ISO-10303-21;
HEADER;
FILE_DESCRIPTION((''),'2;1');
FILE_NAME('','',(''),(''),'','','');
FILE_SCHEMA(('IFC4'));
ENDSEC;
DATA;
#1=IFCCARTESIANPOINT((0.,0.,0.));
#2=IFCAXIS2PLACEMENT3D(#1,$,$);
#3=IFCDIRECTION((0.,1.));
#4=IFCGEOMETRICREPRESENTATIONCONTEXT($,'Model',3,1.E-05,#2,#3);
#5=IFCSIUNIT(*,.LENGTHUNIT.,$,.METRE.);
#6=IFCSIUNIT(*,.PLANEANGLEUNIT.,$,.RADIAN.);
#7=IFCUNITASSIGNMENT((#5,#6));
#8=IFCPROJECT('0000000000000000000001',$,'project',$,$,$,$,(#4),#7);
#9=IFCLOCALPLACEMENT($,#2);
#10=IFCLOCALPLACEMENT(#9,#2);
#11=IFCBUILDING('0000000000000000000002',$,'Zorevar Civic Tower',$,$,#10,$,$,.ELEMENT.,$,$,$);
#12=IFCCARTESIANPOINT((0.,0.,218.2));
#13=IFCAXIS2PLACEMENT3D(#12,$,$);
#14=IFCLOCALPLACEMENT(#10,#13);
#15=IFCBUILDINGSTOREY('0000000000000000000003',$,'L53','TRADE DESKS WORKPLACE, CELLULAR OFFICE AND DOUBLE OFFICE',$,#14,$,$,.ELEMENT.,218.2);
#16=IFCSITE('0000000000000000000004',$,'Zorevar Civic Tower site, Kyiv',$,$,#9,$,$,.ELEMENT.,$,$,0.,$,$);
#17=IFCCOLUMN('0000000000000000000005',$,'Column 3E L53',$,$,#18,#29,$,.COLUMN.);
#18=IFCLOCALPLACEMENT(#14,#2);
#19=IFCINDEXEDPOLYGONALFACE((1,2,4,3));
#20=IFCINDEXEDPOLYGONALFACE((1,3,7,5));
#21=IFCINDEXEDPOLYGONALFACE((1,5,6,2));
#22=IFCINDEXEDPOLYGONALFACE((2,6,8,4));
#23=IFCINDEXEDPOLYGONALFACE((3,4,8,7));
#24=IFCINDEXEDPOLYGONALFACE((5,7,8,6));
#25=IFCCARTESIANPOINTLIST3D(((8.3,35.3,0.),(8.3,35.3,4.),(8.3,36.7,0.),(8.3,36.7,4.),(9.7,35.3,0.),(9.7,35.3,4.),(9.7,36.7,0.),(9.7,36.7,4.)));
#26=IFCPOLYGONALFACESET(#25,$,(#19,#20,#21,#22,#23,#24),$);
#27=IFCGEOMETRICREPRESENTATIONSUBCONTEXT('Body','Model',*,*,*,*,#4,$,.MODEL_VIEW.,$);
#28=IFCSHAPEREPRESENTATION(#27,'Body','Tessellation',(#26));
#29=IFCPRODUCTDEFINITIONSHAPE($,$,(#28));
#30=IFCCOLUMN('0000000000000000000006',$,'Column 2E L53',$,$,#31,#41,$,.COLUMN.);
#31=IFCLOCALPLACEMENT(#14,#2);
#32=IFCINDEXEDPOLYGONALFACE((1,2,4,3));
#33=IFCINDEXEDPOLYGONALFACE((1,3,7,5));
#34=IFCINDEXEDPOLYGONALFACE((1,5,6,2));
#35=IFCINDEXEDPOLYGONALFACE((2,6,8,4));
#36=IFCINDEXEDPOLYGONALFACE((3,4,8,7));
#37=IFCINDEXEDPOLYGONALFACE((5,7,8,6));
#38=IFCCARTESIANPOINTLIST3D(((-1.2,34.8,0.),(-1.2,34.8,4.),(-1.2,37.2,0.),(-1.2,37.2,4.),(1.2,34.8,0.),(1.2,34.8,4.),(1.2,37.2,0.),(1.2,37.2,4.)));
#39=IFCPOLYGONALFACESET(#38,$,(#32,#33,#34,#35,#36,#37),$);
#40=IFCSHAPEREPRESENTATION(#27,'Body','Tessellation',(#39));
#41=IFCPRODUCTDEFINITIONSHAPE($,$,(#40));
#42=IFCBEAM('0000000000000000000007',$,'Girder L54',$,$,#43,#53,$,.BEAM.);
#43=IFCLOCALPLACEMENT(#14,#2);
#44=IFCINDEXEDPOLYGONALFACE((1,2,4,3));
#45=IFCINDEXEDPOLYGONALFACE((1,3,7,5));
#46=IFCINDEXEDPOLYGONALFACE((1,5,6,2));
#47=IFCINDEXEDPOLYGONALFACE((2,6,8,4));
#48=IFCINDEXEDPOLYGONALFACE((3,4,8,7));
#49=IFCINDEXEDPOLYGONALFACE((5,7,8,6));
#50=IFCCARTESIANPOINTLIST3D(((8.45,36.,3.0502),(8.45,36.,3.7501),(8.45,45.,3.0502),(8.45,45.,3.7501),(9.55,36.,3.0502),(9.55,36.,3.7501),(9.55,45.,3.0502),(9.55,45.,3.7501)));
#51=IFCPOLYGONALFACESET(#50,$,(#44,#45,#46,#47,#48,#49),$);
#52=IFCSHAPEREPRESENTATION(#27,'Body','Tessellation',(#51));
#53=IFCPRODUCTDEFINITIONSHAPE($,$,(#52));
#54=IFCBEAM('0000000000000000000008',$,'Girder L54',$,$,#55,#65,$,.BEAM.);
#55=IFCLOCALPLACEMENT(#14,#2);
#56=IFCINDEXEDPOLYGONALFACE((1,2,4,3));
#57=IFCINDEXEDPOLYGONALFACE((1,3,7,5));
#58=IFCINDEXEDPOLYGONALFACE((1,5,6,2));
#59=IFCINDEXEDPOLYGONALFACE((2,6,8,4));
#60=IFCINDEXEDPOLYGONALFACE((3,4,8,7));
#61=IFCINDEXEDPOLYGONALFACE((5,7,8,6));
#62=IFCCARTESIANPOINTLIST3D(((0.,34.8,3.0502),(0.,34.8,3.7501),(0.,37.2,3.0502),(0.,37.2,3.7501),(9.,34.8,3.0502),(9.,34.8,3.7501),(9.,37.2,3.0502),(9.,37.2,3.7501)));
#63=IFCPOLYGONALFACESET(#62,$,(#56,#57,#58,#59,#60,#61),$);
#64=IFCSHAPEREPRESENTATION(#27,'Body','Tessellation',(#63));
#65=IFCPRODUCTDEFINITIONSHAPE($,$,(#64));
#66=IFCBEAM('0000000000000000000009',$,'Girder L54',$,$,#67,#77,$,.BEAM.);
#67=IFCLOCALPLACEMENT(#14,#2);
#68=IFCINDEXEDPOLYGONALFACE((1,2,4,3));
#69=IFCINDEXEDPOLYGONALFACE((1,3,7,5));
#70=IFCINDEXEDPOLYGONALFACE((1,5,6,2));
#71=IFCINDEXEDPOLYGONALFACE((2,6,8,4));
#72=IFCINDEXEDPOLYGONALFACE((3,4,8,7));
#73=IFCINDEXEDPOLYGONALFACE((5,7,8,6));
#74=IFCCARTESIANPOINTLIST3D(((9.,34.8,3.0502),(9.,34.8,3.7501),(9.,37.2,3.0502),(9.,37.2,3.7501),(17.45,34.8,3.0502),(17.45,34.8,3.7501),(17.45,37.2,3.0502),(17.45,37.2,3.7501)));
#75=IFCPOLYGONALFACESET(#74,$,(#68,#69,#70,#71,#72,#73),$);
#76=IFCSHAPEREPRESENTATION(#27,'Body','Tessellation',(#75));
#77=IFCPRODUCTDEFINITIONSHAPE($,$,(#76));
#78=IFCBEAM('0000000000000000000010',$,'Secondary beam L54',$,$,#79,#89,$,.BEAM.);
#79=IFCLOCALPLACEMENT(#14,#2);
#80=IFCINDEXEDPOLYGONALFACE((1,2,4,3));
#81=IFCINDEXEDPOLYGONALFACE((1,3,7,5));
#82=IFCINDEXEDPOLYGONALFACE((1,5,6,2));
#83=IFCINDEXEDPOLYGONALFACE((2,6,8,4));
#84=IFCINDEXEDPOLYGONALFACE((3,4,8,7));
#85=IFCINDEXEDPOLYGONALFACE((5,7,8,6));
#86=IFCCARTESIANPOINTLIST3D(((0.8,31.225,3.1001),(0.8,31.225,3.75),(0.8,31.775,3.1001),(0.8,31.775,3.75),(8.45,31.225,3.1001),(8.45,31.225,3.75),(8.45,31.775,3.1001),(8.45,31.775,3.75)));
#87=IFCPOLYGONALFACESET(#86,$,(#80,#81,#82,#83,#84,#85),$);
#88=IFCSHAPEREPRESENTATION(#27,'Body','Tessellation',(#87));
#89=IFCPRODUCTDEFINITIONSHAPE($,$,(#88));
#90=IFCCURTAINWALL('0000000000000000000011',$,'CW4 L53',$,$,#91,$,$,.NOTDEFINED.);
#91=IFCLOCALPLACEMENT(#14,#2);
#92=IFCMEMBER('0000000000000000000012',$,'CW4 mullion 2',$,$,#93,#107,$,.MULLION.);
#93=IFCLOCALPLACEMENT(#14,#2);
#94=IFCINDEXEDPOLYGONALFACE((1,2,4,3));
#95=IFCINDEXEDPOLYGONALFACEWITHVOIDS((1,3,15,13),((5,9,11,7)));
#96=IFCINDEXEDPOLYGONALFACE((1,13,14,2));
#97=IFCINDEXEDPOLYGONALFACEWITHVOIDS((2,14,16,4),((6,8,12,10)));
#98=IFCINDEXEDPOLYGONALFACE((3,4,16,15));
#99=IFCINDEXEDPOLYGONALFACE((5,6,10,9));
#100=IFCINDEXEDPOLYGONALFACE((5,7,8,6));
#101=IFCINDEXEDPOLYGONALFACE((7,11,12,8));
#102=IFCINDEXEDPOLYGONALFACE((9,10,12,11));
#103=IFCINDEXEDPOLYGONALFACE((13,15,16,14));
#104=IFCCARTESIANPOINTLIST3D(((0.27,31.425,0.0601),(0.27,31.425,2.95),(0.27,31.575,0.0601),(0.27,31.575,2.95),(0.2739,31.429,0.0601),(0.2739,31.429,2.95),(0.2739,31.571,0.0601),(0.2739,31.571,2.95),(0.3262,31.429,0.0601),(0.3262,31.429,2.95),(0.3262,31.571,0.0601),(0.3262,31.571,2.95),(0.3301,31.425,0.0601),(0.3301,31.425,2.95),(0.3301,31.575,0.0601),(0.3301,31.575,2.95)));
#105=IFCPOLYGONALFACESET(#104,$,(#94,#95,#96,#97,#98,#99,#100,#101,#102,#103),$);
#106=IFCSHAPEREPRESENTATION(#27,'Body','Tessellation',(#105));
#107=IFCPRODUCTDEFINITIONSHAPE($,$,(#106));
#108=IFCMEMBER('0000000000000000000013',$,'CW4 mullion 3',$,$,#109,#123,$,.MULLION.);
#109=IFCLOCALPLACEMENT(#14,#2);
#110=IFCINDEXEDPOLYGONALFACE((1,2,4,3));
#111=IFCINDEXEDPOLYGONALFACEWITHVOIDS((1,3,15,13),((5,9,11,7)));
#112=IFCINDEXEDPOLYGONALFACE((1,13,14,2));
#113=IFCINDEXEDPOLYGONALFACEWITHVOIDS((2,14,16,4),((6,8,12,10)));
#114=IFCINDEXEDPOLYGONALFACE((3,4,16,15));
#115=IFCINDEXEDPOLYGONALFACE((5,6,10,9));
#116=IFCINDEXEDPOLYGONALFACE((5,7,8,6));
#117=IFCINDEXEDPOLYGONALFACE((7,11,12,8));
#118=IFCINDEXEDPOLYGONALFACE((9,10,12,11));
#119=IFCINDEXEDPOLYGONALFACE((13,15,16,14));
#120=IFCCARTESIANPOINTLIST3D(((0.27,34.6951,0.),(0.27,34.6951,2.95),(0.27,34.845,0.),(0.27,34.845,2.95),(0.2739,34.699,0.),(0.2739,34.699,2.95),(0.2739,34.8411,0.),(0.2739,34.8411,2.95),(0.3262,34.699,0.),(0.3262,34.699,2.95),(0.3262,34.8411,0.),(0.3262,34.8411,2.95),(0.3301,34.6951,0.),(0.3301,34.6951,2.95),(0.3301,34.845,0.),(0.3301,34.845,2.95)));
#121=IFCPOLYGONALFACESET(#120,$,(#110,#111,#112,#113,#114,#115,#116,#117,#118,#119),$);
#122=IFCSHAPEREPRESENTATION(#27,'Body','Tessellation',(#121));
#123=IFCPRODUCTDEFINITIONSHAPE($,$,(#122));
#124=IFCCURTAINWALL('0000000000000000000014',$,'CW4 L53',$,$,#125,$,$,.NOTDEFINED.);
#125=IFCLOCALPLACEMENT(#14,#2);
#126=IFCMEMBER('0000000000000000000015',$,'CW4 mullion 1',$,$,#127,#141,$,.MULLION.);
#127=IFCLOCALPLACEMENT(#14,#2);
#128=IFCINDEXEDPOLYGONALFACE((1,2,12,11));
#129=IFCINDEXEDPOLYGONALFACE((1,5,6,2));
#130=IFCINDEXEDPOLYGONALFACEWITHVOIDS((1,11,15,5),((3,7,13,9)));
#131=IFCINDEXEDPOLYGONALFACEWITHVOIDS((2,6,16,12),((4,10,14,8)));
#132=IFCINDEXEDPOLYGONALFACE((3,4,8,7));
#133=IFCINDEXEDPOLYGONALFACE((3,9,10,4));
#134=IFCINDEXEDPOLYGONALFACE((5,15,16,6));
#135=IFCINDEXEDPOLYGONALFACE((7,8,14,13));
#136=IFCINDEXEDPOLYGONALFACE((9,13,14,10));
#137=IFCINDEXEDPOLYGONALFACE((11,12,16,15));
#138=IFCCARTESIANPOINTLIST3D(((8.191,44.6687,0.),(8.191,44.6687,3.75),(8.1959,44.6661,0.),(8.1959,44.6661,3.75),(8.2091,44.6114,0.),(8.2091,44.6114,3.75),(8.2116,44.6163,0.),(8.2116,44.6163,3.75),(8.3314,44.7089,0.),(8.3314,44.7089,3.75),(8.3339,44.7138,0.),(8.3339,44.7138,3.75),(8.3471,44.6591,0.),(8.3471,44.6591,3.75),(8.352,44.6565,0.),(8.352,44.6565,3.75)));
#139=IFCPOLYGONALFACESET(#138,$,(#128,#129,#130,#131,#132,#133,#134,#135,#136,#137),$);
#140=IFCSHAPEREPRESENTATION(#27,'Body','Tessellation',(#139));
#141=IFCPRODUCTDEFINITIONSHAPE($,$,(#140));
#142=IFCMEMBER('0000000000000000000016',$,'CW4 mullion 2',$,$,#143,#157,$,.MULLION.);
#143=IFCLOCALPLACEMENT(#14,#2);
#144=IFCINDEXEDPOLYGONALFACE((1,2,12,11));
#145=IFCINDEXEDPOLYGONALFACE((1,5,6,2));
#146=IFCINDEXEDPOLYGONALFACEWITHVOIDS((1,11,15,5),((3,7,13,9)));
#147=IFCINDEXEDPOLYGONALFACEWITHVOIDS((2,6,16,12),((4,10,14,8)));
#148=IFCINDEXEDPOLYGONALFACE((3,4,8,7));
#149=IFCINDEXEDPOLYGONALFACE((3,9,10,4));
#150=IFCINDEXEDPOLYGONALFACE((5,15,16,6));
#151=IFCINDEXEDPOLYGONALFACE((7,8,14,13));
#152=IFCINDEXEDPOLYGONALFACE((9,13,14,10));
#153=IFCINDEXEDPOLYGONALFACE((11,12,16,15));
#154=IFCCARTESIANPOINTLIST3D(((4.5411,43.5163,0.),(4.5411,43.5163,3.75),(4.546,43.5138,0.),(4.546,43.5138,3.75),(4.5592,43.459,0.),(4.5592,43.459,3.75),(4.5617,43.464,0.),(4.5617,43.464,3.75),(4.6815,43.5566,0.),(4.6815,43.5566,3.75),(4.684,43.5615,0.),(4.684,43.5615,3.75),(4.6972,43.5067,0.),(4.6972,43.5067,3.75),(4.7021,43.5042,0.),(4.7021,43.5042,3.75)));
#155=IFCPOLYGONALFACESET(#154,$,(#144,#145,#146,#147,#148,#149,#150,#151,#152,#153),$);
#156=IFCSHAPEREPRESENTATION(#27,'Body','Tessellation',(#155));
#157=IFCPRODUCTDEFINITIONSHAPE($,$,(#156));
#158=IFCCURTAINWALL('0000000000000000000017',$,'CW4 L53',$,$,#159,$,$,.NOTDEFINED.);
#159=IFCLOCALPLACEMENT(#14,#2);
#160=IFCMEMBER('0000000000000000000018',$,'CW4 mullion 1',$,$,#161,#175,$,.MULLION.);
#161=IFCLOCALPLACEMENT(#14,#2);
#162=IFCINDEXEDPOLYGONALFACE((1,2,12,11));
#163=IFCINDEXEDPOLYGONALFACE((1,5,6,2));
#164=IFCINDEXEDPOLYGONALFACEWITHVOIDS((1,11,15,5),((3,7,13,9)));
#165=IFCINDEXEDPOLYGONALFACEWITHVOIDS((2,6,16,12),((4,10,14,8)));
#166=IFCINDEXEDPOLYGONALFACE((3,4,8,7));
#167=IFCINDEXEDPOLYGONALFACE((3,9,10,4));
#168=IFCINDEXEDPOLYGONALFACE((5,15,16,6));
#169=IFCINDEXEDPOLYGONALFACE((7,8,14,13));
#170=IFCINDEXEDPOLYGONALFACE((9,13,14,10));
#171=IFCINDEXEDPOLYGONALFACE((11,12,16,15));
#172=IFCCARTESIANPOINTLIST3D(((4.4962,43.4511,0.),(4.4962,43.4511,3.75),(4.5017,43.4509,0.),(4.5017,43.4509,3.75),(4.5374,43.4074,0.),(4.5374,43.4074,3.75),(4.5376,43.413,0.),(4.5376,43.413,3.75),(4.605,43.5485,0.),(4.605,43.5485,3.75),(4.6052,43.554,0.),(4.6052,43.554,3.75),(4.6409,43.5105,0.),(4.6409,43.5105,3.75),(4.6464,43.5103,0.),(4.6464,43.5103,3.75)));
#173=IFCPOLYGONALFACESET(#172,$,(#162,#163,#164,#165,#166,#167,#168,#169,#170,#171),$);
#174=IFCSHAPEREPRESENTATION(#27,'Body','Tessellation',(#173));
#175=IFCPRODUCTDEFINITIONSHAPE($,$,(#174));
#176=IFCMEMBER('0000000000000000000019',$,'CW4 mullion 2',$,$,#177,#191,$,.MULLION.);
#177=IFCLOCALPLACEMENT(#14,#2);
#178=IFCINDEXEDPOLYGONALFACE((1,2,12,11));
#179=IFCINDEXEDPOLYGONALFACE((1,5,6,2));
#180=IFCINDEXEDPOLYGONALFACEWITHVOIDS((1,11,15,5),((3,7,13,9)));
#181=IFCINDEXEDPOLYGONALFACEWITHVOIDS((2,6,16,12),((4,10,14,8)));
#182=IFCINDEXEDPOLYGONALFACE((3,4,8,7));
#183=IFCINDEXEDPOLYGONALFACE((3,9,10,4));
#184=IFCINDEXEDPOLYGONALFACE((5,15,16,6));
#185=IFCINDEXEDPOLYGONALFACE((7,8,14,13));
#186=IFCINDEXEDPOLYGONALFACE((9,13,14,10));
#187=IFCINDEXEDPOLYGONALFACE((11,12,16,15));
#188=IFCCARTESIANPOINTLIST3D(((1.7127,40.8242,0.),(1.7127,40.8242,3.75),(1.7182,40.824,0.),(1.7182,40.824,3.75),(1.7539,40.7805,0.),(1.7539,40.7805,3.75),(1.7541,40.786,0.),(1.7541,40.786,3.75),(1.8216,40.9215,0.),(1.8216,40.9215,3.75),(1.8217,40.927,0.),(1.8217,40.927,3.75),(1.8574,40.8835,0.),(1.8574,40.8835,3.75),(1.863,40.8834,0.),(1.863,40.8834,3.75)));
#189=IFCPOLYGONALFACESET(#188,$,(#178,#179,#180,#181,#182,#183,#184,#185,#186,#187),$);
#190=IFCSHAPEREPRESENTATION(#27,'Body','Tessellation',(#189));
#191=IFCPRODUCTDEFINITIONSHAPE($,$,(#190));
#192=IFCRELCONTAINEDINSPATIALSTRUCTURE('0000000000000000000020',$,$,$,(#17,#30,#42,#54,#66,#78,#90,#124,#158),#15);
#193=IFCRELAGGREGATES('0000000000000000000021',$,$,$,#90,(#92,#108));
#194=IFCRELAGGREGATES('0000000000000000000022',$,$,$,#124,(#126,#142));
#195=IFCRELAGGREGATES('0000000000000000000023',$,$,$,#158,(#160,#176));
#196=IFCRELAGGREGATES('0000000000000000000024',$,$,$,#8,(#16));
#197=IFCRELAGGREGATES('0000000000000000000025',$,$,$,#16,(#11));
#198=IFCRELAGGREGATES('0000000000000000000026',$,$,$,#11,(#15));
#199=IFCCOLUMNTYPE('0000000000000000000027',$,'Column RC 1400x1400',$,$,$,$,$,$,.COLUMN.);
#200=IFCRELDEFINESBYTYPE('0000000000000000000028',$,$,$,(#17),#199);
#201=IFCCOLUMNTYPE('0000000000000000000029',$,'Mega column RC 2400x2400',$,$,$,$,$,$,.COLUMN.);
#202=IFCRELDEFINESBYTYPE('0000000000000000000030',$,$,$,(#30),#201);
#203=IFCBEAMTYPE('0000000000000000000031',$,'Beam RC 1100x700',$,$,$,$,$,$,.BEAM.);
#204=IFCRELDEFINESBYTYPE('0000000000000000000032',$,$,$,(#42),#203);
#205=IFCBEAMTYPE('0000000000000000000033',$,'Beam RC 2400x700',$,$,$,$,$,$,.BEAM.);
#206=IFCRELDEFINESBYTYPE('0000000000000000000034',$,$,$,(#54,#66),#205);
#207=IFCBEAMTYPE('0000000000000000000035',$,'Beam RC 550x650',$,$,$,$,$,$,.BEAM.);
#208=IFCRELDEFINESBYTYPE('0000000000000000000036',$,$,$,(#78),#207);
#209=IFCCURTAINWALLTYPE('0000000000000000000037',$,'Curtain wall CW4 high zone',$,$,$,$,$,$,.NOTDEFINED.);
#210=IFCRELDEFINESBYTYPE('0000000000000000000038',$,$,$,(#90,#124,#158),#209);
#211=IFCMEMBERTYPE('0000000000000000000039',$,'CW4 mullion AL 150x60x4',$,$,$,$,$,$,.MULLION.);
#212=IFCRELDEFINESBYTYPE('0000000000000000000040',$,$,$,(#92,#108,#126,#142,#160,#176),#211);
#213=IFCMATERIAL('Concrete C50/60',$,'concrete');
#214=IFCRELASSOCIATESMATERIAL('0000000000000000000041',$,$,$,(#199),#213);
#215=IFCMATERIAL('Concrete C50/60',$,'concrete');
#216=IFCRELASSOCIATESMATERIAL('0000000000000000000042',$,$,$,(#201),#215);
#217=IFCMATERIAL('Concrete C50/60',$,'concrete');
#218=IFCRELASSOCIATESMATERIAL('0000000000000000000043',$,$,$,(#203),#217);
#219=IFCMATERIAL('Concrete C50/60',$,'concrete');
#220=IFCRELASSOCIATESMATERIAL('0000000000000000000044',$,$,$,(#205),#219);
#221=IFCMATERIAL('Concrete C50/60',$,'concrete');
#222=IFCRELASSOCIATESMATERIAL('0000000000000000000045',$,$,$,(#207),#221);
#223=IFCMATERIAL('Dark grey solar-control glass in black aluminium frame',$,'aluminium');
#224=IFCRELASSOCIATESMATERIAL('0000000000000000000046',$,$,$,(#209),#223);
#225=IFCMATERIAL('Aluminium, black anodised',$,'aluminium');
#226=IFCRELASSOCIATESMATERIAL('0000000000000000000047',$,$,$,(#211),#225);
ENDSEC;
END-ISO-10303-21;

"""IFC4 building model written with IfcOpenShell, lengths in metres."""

from ifc_helpers import new_model, si_unit, direction, frame, origin, origin_2d, place, context, subcontext, project, spatial, rectangle, hollow_rectangle, extrude, material, material_profile, profile_set, type_object, element, aggregate, save


model = new_model("IFC4")

# Units and contexts
model_context = context("Model", 3, precision=1e-05, world=origin(), true_north=direction((0.0, 1.0)))
body_context = subcontext(model_context, "Body", "Model", "MODEL_VIEW")
ifc_project = project(units=[si_unit("LENGTHUNIT", "METRE"), si_unit("PLANEANGLEUNIT", "RADIAN")], contexts=[model_context])

# Site, building, storey
site_placement = place(None, origin())
site = spatial("IfcSite", under=ifc_project, at=site_placement, Name="Zorevar Civic Tower site, Kyiv", CompositionType="ELEMENT", RefElevation=0.0)
building_placement = place(site_placement, origin())
building = spatial("IfcBuilding", under=site, at=building_placement, Name="Zorevar Civic Tower", CompositionType="ELEMENT")
storey_placement = place(building_placement, frame((0.0, 0.0, 218.2)))
storey = spatial("IfcBuildingStorey", under=building, at=storey_placement, Name="L53", Description="TRADE DESKS WORKPLACE, CELLULAR OFFICE AND DOUBLE OFFICE", CompositionType="ELEMENT", Elevation=218.2)

# Columns
ifc_material_1 = material(Name="Concrete C50/60", Category="concrete")
ifc_material_profile_1 = material_profile(ifc_material_1, rectangle(XDim=1.3999, YDim=1.3999, at=origin_2d()), Name="RC 1400x1400")
ifc_profile_set_1 = profile_set([ifc_material_profile_1], Name="Concrete C50/60")
column_type_1 = type_object("IfcColumnType", Name="Column RC 1400x1400", PredefinedType="COLUMN", material=ifc_profile_set_1)
column_1_placement = place(storey_placement, frame((9.0, 36.0, 0.0), z_axis=(0.0, 0.0, 1.0), x_axis=(1.0, 0.0, 0.0)))
element("IfcColumn", 1, at=column_1_placement, inside=storey, type_object=column_type_1, Name="Column 3E L53", PredefinedType="COLUMN", context=body_context, shape_type="SweptSolid", body=[
    extrude(rectangle(XDim=1.3999, YDim=1.3999, at=origin_2d()), origin(), (0.0, 0.0, 1.0), 4.0),
])
ifc_material_2 = material(Name="Concrete C50/60", Category="concrete")
ifc_material_profile_2 = material_profile(ifc_material_2, rectangle(XDim=2.3999, YDim=2.3999, at=origin_2d()), Name="RC 2400x2400")
ifc_profile_set_2 = profile_set([ifc_material_profile_2], Name="Concrete C50/60")
column_type_2 = type_object("IfcColumnType", Name="Mega column RC 2400x2400", PredefinedType="COLUMN", material=ifc_profile_set_2)
column_2_placement = place(storey_placement, frame((0.0, 36.0, 0.0), z_axis=(0.0, 0.0, 1.0), x_axis=(1.0, 0.0, 0.0)))
element("IfcColumn", 2, at=column_2_placement, inside=storey, type_object=column_type_2, Name="Column 2E L53", PredefinedType="COLUMN", context=body_context, shape_type="SweptSolid", body=[
    extrude(rectangle(XDim=2.3999, YDim=2.3999, at=origin_2d()), origin(), (0.0, 0.0, 1.0), 4.0),
])

# Beams
ifc_material_3 = material(Name="Concrete C50/60", Category="concrete")
ifc_material_profile_3 = material_profile(ifc_material_3, rectangle(XDim=1.1001, YDim=0.7, at=origin_2d()), Name="RC 1100x700")
ifc_profile_set_3 = profile_set([ifc_material_profile_3], Name="Concrete C50/60")
beam_type_1 = type_object("IfcBeamType", Name="Beam RC 1100x700", PredefinedType="BEAM", material=ifc_profile_set_3)
beam_1_placement = place(storey_placement, frame((9.0, 36.0, 3.4001), z_axis=(0.0, 1.0, 0.0), x_axis=(-1.0, 0.0, 0.0)))
element("IfcBeam", 3, at=beam_1_placement, inside=storey, type_object=beam_type_1, Name="Girder L54", PredefinedType="BEAM", context=body_context, shape_type="SweptSolid", body=[
    extrude(rectangle(XDim=1.1001, YDim=0.7, at=origin_2d()), origin(), (0.0, 0.0, 1.0), 9.0),
])
ifc_material_4 = material(Name="Concrete C50/60", Category="concrete")
ifc_material_profile_4 = material_profile(ifc_material_4, rectangle(XDim=2.3999, YDim=0.7, at=origin_2d()), Name="RC 2400x700")
ifc_profile_set_4 = profile_set([ifc_material_profile_4], Name="Concrete C50/60")
beam_type_2 = type_object("IfcBeamType", Name="Beam RC 2400x700", PredefinedType="BEAM", material=ifc_profile_set_4)
beam_2_placement = place(storey_placement, frame((0.0, 36.0, 3.4001), z_axis=(1.0, 0.0, 0.0), x_axis=(0.0, 1.0, 0.0)))
element("IfcBeam", 4, at=beam_2_placement, inside=storey, type_object=beam_type_2, Name="Girder L54", PredefinedType="BEAM", context=body_context, shape_type="SweptSolid", body=[
    extrude(rectangle(XDim=2.3999, YDim=0.7, at=origin_2d()), origin(), (0.0, 0.0, 1.0), 9.0),
])
beam_3_placement = place(storey_placement, frame((9.0, 36.0, 3.4001), z_axis=(1.0, 0.0, 0.0), x_axis=(0.0, 1.0, 0.0)))
element("IfcBeam", 5, at=beam_3_placement, inside=storey, type_object=beam_type_2, Name="Girder L54", PredefinedType="BEAM", context=body_context, shape_type="SweptSolid", body=[
    extrude(rectangle(XDim=2.3999, YDim=0.7, at=origin_2d()), origin(), (0.0, 0.0, 1.0), 8.45),
])
ifc_material_5 = material(Name="Concrete C50/60", Category="concrete")
ifc_material_profile_5 = material_profile(ifc_material_5, rectangle(XDim=0.55, YDim=0.6499, at=origin_2d()), Name="RC 550x650")
ifc_profile_set_5 = profile_set([ifc_material_profile_5], Name="Concrete C50/60")
beam_type_3 = type_object("IfcBeamType", Name="Beam RC 550x650", PredefinedType="BEAM", material=ifc_profile_set_5)
beam_4_placement = place(storey_placement, frame((0.8, 31.5, 3.425), z_axis=(1.0, 0.0, 0.0), x_axis=(0.0, 1.0, 0.0)))
element("IfcBeam", 6, at=beam_4_placement, inside=storey, type_object=beam_type_3, Name="Secondary beam L54", PredefinedType="BEAM", context=body_context, shape_type="SweptSolid", body=[
    extrude(rectangle(XDim=0.55, YDim=0.6499, at=origin_2d()), origin(), (0.0, 0.0, 1.0), 7.6499),
])

# Curtain walls, members
ifc_material_6 = material(Name="Dark grey solar-control glass in black aluminium frame", Category="aluminium")
curtain_wall_type = type_object("IfcCurtainWallType", Name="Curtain wall CW4 high zone", PredefinedType="NOTDEFINED", material=ifc_material_6)
curtain_wall_1_placement = place(storey_placement, origin())
curtain_wall_1 = element("IfcCurtainWall", 7, at=curtain_wall_1_placement, inside=storey, type_object=curtain_wall_type, Name="CW4 L53", PredefinedType="NOTDEFINED")
ifc_material_7 = material(Name="Aluminium, black anodised", Category="aluminium")
ifc_material_profile_6 = material_profile(ifc_material_7, hollow_rectangle(XDim=0.0601, YDim=0.1499, WallThickness=0.0039, at=origin_2d()), Name="AL 150x60x4")
ifc_profile_set_6 = profile_set([ifc_material_profile_6], Name="Aluminium, black anodised")
member_type_1 = type_object("IfcMemberType", Name="CW4 mullion AL 150x60x4", PredefinedType="MULLION", material=ifc_profile_set_6)
member_1_placement = place(storey_placement, frame((0.3, 31.5, 0.0601), z_axis=(0.0, 0.0, 1.0), x_axis=(-1.0, 0.0, 0.0)))
member_1 = element("IfcMember", 8, at=member_1_placement, type_object=member_type_1, Name="CW4 mullion 2", PredefinedType="MULLION", context=body_context, shape_type="SweptSolid", body=[
    extrude(hollow_rectangle(XDim=0.0601, YDim=0.1499, WallThickness=0.0039, at=origin_2d()), origin(), (0.0, 0.0, 1.0), 2.8899),
])
member_2_placement = place(storey_placement, frame((0.3, 34.77, 0.0), z_axis=(0.0, 0.0, 1.0), x_axis=(-1.0, 0.0, 0.0)))
member_2 = element("IfcMember", 9, at=member_2_placement, type_object=member_type_1, Name="CW4 mullion 3", PredefinedType="MULLION", context=body_context, shape_type="SweptSolid", body=[
    extrude(hollow_rectangle(XDim=0.0601, YDim=0.1499, WallThickness=0.0039, at=origin_2d()), origin(), (0.0, 0.0, 1.0), 2.95),
])
curtain_wall_2_placement = place(storey_placement, origin())
curtain_wall_2 = element("IfcCurtainWall", 10, at=curtain_wall_2_placement, inside=storey, type_object=curtain_wall_type, Name="CW4 L53", PredefinedType="NOTDEFINED")
member_3_placement = place(storey_placement, frame((8.2715, 44.6626, 0.0), z_axis=(0.0, 0.0, 1.0), x_axis=(0.301108, -0.95359, 0.0)))
member_3 = element("IfcMember", 11, at=member_3_placement, type_object=member_type_1, Name="CW4 mullion 1", PredefinedType="MULLION", context=body_context, shape_type="SweptSolid", body=[
    extrude(hollow_rectangle(XDim=0.0601, YDim=0.1499, WallThickness=0.0039, at=origin_2d()), origin(), (0.0, 0.0, 1.0), 3.75),
])
member_4_placement = place(storey_placement, frame((4.6216, 43.5103, 0.0), z_axis=(0.0, 0.0, 1.0), x_axis=(0.301108, -0.95359, 0.0)))
member_4 = element("IfcMember", 12, at=member_4_placement, type_object=member_type_1, Name="CW4 mullion 2", PredefinedType="MULLION", context=body_context, shape_type="SweptSolid", body=[
    extrude(hollow_rectangle(XDim=0.0601, YDim=0.1499, WallThickness=0.0039, at=origin_2d()), origin(), (0.0, 0.0, 1.0), 3.75),
])
curtain_wall_3_placement = place(storey_placement, origin())
curtain_wall_3 = element("IfcCurtainWall", 13, at=curtain_wall_3_placement, inside=storey, type_object=curtain_wall_type, Name="CW4 L53", PredefinedType="NOTDEFINED")
member_5_placement = place(storey_placement, frame((4.5713, 43.4807, 0.0), z_axis=(0.0, 0.0, 1.0), x_axis=(0.686378, -0.727245, 0.0)))
member_5 = element("IfcMember", 14, at=member_5_placement, type_object=member_type_1, Name="CW4 mullion 1", PredefinedType="MULLION", context=body_context, shape_type="SweptSolid", body=[
    extrude(hollow_rectangle(XDim=0.0601, YDim=0.1499, WallThickness=0.0039, at=origin_2d()), origin(), (0.0, 0.0, 1.0), 3.75),
])
member_6_placement = place(storey_placement, frame((1.7878, 40.8538, 0.0), z_axis=(0.0, 0.0, 1.0), x_axis=(0.686378, -0.727245, 0.0)))
member_6 = element("IfcMember", 15, at=member_6_placement, type_object=member_type_1, Name="CW4 mullion 2", PredefinedType="MULLION", context=body_context, shape_type="SweptSolid", body=[
    extrude(hollow_rectangle(XDim=0.0601, YDim=0.1499, WallThickness=0.0039, at=origin_2d()), origin(), (0.0, 0.0, 1.0), 3.75),
])

aggregate(curtain_wall_1, [member_1, member_2])
aggregate(curtain_wall_2, [member_3, member_4])
aggregate(curtain_wall_3, [member_5, member_6])

save(model, "model.ifc")
